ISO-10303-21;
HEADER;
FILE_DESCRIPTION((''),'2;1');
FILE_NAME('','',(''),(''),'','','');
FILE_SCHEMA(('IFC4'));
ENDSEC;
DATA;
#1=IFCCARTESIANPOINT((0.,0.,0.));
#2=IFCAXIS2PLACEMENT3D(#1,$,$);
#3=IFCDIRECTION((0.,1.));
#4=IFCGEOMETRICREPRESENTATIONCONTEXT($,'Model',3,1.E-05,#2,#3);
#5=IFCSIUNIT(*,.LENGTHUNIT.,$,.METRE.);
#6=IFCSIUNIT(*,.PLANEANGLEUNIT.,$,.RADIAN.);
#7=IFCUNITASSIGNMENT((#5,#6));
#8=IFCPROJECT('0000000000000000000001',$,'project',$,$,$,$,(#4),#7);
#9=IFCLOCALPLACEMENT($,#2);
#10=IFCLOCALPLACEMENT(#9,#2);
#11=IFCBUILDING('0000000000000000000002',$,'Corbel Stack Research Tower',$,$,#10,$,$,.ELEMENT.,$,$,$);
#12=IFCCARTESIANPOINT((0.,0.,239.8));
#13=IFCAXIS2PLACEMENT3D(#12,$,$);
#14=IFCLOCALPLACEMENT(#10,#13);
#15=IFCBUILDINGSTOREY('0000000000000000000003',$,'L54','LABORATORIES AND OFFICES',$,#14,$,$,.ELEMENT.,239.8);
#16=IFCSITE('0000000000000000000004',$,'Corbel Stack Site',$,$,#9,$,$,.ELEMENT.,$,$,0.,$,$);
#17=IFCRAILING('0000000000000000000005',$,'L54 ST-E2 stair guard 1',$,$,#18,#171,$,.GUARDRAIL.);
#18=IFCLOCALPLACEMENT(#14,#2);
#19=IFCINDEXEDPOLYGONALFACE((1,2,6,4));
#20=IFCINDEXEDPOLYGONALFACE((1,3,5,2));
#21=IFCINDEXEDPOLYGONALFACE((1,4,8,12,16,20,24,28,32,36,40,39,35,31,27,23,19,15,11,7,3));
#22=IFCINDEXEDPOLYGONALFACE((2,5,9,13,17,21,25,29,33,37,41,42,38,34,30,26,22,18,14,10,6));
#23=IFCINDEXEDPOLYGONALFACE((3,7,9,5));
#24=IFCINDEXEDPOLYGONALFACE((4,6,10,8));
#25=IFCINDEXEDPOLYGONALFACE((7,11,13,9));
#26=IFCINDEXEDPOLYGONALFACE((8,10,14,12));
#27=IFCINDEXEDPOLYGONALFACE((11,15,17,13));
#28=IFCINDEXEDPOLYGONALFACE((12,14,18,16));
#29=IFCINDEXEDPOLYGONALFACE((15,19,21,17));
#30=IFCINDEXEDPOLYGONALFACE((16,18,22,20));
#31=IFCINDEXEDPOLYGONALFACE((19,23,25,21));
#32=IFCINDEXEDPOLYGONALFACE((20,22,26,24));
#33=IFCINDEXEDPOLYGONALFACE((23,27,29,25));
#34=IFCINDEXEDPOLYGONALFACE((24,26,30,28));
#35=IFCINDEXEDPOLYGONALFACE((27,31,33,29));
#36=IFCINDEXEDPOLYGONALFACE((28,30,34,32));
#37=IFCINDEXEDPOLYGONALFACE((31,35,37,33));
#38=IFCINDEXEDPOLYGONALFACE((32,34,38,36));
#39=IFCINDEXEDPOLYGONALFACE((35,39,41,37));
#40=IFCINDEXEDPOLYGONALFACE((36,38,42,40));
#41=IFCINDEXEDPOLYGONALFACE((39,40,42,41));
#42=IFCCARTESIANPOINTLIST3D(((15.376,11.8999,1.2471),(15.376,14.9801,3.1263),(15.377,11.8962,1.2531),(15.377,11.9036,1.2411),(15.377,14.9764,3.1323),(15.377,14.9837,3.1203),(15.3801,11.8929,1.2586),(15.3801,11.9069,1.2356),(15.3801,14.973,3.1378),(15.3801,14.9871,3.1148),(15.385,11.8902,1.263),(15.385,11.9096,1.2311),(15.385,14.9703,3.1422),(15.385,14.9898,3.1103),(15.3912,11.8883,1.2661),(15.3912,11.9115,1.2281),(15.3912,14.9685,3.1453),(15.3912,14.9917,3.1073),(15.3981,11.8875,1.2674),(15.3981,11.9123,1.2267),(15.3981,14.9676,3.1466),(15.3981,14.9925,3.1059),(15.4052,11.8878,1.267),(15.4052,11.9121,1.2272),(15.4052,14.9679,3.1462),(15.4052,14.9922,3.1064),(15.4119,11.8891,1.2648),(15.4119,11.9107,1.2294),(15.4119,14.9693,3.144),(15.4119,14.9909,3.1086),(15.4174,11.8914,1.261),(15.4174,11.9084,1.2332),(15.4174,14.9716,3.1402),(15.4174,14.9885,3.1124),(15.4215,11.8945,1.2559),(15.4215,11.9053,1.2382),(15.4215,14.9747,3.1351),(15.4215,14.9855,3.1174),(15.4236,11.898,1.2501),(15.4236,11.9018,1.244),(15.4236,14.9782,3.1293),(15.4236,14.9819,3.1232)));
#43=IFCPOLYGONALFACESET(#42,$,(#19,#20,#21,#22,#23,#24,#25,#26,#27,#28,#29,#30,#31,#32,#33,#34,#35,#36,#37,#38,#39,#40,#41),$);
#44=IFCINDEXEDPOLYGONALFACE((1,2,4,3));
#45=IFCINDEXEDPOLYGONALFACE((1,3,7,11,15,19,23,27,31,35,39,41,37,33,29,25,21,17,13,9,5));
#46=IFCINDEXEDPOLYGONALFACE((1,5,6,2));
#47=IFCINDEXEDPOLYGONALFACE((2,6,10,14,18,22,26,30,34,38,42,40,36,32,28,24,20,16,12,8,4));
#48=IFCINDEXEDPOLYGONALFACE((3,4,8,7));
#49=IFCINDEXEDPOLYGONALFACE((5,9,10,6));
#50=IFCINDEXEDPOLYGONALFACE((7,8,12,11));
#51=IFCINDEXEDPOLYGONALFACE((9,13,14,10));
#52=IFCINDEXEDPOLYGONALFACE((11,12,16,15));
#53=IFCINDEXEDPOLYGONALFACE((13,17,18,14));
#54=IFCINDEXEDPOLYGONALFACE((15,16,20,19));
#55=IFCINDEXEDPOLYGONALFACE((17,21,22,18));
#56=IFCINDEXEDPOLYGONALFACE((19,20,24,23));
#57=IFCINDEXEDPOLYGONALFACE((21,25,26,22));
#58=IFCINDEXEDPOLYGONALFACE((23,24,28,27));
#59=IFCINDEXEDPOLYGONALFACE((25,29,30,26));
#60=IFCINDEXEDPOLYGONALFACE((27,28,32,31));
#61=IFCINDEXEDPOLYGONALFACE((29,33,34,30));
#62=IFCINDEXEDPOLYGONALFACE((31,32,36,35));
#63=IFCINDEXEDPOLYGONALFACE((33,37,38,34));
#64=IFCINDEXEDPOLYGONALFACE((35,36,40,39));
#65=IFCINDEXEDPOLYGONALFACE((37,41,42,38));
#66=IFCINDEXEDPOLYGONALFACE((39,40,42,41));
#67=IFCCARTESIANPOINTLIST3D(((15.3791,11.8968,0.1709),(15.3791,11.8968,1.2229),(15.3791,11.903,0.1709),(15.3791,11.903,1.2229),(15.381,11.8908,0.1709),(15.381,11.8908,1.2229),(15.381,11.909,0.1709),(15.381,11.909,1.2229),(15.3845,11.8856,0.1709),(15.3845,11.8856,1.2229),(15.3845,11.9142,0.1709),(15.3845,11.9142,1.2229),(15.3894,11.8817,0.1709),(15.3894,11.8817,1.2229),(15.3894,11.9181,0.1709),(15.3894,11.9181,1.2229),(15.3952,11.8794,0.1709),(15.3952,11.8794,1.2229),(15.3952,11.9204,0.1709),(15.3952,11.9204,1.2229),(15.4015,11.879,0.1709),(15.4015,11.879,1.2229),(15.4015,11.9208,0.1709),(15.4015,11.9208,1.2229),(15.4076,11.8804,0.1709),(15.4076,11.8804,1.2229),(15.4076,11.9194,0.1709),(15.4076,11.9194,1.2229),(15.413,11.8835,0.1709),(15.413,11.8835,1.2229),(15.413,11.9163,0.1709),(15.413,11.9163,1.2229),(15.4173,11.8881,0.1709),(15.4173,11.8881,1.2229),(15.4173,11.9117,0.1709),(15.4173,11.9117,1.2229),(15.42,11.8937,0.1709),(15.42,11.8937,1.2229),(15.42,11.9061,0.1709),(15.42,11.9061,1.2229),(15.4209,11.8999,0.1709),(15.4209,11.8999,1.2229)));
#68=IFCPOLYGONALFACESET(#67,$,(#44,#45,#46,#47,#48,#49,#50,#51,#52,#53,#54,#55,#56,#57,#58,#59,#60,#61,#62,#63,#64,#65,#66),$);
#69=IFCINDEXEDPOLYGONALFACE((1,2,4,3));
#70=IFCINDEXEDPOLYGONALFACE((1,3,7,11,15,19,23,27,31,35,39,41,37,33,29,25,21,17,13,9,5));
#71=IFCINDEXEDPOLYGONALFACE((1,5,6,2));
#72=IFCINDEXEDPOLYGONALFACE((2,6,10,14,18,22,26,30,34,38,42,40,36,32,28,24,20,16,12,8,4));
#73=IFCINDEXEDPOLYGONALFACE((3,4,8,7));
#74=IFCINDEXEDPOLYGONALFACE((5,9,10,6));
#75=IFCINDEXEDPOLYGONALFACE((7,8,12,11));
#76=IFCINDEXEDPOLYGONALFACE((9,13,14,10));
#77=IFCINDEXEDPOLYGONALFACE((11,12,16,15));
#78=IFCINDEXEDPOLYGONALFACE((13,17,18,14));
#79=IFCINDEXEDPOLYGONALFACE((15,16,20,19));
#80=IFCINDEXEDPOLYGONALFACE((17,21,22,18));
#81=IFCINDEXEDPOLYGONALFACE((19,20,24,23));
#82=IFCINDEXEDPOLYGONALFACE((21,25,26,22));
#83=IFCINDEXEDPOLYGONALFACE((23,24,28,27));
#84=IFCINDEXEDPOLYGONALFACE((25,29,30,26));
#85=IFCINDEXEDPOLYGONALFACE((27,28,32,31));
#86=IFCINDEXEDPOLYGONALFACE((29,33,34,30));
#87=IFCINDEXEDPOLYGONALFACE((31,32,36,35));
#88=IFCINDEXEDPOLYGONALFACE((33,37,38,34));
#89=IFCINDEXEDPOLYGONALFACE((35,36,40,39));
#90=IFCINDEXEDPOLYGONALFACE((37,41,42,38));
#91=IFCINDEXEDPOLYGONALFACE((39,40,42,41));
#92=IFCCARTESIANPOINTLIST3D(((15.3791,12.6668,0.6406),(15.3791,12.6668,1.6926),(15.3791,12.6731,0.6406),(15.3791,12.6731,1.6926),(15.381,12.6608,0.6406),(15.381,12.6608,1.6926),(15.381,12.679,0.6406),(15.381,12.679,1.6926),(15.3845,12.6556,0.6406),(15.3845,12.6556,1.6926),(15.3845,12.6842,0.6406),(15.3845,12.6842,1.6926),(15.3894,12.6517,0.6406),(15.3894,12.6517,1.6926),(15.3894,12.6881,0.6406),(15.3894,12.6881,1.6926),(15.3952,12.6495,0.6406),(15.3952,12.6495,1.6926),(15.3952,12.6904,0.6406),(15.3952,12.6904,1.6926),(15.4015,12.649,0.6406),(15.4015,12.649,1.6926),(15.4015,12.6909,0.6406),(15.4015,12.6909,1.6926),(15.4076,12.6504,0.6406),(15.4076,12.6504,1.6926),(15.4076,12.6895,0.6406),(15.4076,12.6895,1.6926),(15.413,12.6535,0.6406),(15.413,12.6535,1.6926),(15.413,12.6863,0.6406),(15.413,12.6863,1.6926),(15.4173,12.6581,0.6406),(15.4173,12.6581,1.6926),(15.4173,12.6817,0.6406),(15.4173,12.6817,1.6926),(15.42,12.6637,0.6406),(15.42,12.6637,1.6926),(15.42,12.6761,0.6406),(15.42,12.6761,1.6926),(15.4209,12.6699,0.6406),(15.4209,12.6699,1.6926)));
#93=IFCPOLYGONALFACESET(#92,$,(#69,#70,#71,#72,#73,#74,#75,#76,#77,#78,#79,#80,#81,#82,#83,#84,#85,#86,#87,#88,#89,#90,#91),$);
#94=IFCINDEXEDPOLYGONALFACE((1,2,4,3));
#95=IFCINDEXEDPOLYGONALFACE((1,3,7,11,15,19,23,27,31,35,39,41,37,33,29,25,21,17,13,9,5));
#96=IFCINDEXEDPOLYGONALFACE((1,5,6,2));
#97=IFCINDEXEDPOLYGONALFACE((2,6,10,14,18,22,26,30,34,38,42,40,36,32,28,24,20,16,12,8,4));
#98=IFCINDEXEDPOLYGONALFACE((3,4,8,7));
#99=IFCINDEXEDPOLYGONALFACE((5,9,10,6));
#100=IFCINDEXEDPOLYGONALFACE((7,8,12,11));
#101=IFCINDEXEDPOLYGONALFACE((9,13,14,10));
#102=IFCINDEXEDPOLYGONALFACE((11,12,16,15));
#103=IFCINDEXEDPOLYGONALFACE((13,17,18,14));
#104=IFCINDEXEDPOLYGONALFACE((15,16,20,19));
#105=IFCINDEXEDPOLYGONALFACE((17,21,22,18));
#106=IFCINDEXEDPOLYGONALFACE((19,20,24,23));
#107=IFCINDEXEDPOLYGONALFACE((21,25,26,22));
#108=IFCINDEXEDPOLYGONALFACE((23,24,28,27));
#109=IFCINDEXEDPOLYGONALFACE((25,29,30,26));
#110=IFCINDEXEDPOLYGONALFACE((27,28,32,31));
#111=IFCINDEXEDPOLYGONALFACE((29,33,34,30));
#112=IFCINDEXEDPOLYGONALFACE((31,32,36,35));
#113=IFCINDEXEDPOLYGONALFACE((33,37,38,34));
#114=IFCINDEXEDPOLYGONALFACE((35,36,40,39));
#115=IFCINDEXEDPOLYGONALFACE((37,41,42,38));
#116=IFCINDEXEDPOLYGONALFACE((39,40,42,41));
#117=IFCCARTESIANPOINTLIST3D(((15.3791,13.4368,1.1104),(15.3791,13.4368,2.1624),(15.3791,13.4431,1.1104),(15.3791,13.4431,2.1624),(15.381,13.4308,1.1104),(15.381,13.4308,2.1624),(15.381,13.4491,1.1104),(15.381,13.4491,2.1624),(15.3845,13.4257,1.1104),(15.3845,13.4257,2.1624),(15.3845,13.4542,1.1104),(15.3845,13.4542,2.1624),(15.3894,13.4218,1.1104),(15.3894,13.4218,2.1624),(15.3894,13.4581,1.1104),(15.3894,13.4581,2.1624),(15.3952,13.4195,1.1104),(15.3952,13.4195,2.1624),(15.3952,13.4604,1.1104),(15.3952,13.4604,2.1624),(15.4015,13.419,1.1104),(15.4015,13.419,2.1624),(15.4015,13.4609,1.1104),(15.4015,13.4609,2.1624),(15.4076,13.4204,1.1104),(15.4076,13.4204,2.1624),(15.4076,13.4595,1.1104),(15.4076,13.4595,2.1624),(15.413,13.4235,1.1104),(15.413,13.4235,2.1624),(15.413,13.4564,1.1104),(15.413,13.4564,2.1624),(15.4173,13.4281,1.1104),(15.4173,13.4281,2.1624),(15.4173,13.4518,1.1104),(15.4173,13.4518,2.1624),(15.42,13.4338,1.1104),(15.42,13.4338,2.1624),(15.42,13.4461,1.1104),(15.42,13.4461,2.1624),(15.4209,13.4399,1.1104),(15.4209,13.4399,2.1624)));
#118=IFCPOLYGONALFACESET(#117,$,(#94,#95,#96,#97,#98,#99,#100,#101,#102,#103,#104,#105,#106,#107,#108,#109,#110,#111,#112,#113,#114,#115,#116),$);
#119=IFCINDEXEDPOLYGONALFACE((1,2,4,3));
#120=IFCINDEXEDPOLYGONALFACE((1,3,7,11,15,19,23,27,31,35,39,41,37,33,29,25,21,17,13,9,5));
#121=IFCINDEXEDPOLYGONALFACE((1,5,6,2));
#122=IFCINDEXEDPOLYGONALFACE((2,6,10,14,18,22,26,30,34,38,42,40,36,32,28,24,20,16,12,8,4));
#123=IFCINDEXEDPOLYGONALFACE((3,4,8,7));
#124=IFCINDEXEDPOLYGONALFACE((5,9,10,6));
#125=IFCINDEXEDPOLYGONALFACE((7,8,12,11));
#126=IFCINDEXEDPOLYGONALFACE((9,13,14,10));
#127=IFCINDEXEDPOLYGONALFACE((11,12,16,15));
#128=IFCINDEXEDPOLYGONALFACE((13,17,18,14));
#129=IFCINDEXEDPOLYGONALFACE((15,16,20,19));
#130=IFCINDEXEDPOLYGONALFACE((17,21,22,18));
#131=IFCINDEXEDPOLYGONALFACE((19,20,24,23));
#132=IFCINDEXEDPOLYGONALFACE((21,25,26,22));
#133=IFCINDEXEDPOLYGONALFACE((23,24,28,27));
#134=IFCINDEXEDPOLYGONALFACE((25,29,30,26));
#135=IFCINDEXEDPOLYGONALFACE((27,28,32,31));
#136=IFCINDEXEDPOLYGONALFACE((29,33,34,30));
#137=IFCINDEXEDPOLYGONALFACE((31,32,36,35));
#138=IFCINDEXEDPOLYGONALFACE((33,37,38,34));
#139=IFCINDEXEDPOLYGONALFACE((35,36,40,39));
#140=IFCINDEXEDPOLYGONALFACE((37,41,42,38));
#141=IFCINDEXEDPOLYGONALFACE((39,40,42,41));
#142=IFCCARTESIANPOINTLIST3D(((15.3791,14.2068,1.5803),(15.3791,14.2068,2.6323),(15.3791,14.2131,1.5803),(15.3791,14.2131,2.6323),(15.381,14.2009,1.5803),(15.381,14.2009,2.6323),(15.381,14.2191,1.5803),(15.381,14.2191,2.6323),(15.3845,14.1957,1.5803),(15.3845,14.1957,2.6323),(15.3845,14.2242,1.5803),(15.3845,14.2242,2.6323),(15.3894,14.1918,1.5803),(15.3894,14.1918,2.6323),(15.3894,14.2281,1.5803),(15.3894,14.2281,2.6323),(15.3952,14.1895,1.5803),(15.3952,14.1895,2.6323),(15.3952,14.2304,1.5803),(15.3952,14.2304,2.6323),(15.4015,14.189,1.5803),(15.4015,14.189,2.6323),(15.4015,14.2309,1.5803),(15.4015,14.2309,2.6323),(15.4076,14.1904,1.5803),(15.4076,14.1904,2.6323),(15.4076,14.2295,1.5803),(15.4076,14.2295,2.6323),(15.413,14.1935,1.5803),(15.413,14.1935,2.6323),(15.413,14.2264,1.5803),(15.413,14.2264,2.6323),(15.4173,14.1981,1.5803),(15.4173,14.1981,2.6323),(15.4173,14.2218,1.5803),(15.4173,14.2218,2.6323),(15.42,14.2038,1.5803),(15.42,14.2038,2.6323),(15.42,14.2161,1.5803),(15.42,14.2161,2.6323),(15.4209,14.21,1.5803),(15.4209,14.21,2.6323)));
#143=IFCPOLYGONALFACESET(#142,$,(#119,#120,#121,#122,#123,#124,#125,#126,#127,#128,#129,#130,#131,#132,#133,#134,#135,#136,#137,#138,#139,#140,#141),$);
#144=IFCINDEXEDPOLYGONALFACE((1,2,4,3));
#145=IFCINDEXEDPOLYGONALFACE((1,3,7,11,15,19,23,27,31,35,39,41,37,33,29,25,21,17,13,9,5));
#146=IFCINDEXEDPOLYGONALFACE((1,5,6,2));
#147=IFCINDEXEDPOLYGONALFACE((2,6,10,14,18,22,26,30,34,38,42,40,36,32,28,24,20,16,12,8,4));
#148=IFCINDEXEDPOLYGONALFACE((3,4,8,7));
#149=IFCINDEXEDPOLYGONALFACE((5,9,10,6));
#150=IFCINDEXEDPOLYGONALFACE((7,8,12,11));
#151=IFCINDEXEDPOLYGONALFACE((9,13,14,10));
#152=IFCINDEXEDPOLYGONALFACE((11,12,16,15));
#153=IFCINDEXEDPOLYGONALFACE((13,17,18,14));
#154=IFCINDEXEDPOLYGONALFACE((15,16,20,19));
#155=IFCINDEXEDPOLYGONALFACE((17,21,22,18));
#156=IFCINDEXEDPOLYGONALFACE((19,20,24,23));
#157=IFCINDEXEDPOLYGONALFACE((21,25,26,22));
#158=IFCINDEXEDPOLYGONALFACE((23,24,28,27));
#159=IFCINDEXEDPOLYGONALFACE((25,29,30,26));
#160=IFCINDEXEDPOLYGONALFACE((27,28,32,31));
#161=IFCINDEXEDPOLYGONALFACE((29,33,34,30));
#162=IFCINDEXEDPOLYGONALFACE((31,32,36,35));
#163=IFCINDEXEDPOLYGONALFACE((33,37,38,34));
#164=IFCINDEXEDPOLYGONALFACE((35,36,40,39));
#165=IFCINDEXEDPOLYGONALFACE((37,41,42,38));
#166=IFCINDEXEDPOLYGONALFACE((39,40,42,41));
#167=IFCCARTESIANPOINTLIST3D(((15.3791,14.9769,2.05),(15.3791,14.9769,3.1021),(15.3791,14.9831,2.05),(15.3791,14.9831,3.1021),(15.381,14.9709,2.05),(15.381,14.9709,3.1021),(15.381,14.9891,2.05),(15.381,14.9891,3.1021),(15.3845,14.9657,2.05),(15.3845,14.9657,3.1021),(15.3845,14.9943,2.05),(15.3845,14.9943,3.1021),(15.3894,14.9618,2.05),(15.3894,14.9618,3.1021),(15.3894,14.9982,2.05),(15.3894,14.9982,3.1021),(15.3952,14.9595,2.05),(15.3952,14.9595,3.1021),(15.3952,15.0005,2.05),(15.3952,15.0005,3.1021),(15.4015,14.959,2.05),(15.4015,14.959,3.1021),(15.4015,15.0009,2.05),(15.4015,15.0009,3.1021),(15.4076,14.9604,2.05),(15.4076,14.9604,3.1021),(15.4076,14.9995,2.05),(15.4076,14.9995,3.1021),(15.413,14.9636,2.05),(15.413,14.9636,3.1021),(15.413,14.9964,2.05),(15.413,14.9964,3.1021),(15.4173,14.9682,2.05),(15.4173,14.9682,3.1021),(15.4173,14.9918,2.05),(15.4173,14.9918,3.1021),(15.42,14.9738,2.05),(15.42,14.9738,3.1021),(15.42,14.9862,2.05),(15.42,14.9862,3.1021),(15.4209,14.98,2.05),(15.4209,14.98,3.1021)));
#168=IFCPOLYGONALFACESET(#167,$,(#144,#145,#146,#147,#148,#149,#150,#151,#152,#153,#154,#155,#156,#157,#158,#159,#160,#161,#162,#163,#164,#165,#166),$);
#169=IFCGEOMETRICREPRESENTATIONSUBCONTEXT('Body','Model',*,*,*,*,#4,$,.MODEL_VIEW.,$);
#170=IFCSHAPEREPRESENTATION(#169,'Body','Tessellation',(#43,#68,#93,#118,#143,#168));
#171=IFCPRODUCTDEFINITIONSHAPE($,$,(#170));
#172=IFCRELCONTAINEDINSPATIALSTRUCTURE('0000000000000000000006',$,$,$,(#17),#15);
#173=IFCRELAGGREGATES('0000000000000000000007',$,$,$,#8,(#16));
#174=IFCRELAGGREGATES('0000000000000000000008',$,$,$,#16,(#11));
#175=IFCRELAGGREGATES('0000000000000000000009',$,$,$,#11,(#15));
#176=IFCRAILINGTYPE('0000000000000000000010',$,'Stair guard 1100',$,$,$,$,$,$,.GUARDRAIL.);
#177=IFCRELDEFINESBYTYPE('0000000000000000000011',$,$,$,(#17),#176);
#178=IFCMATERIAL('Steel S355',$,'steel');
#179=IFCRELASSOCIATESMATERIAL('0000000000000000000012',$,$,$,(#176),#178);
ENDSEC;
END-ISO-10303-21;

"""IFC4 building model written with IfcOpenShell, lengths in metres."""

from ifc_helpers import new_model, si_unit, direction, frame, origin, origin_2d, place, context, subcontext, project, spatial, circle, extrude, material, type_object, element, save


model = new_model("IFC4")

# Units and contexts
model_context = context("Model", 3, precision=1e-05, world=origin(), true_north=direction((0.0, 1.0)))
body_context = subcontext(model_context, "Body", "Model", "MODEL_VIEW")
ifc_project = project(units=[si_unit("LENGTHUNIT", "METRE"), si_unit("PLANEANGLEUNIT", "RADIAN")], contexts=[model_context])

# Site, building, storey
site_placement = place(None, origin())
site = spatial("IfcSite", under=ifc_project, at=site_placement, Name="Corbel Stack Site", CompositionType="ELEMENT", RefElevation=0.0)
building_placement = place(site_placement, origin())
building = spatial("IfcBuilding", under=site, at=building_placement, Name="Corbel Stack Research Tower", CompositionType="ELEMENT")
storey_placement = place(building_placement, frame((0.0, 0.0, 239.8)))
storey = spatial("IfcBuildingStorey", under=building, at=storey_placement, Name="L54", Description="LABORATORIES AND OFFICES", CompositionType="ELEMENT", Elevation=239.8)

# Railing
ifc_material_1 = material(Name="Steel S355", Category="steel")
railing_type_1 = type_object("IfcRailingType", Name="Stair guard 1100", PredefinedType="GUARDRAIL", material=ifc_material_1)
railing_1_placement = place(storey_placement, frame((15.3999, 11.8999, 0.1709)))
element("IfcRailing", 1, at=railing_1_placement, inside=storey, type_object=railing_type_1, Name="L54 ST-E2 stair guard 1", PredefinedType="GUARDRAIL", context=body_context, shape_type="SweptSolid", body=[
    extrude(circle(Radius=0.0239, at=origin_2d()), frame((0.0, 0.0, 1.0762), z_axis=(0.0, 0.853666, 0.52082), x_axis=(-1.0, 0.0, 0.0)), (0.0, 0.0, 1.0), 3.6082),
    extrude(circle(Radius=0.021, at=origin_2d()), origin(), (0.0, 0.0, 1.0), 1.052),
    extrude(circle(Radius=0.021, at=origin_2d()), frame((0.0, 0.77, 0.4697)), (0.0, 0.0, 1.0), 1.052),
    extrude(circle(Radius=0.021, at=origin_2d()), frame((0.0, 1.54, 0.9395)), (0.0, 0.0, 1.0), 1.052),
    extrude(circle(Radius=0.021, at=origin_2d()), frame((0.0, 2.3101, 1.4094)), (0.0, 0.0, 1.0), 1.052),
    extrude(circle(Radius=0.021, at=origin_2d()), frame((0.0, 3.0801, 1.8792)), (0.0, 0.0, 1.0), 1.052),
])

save(model, "model.ifc")
